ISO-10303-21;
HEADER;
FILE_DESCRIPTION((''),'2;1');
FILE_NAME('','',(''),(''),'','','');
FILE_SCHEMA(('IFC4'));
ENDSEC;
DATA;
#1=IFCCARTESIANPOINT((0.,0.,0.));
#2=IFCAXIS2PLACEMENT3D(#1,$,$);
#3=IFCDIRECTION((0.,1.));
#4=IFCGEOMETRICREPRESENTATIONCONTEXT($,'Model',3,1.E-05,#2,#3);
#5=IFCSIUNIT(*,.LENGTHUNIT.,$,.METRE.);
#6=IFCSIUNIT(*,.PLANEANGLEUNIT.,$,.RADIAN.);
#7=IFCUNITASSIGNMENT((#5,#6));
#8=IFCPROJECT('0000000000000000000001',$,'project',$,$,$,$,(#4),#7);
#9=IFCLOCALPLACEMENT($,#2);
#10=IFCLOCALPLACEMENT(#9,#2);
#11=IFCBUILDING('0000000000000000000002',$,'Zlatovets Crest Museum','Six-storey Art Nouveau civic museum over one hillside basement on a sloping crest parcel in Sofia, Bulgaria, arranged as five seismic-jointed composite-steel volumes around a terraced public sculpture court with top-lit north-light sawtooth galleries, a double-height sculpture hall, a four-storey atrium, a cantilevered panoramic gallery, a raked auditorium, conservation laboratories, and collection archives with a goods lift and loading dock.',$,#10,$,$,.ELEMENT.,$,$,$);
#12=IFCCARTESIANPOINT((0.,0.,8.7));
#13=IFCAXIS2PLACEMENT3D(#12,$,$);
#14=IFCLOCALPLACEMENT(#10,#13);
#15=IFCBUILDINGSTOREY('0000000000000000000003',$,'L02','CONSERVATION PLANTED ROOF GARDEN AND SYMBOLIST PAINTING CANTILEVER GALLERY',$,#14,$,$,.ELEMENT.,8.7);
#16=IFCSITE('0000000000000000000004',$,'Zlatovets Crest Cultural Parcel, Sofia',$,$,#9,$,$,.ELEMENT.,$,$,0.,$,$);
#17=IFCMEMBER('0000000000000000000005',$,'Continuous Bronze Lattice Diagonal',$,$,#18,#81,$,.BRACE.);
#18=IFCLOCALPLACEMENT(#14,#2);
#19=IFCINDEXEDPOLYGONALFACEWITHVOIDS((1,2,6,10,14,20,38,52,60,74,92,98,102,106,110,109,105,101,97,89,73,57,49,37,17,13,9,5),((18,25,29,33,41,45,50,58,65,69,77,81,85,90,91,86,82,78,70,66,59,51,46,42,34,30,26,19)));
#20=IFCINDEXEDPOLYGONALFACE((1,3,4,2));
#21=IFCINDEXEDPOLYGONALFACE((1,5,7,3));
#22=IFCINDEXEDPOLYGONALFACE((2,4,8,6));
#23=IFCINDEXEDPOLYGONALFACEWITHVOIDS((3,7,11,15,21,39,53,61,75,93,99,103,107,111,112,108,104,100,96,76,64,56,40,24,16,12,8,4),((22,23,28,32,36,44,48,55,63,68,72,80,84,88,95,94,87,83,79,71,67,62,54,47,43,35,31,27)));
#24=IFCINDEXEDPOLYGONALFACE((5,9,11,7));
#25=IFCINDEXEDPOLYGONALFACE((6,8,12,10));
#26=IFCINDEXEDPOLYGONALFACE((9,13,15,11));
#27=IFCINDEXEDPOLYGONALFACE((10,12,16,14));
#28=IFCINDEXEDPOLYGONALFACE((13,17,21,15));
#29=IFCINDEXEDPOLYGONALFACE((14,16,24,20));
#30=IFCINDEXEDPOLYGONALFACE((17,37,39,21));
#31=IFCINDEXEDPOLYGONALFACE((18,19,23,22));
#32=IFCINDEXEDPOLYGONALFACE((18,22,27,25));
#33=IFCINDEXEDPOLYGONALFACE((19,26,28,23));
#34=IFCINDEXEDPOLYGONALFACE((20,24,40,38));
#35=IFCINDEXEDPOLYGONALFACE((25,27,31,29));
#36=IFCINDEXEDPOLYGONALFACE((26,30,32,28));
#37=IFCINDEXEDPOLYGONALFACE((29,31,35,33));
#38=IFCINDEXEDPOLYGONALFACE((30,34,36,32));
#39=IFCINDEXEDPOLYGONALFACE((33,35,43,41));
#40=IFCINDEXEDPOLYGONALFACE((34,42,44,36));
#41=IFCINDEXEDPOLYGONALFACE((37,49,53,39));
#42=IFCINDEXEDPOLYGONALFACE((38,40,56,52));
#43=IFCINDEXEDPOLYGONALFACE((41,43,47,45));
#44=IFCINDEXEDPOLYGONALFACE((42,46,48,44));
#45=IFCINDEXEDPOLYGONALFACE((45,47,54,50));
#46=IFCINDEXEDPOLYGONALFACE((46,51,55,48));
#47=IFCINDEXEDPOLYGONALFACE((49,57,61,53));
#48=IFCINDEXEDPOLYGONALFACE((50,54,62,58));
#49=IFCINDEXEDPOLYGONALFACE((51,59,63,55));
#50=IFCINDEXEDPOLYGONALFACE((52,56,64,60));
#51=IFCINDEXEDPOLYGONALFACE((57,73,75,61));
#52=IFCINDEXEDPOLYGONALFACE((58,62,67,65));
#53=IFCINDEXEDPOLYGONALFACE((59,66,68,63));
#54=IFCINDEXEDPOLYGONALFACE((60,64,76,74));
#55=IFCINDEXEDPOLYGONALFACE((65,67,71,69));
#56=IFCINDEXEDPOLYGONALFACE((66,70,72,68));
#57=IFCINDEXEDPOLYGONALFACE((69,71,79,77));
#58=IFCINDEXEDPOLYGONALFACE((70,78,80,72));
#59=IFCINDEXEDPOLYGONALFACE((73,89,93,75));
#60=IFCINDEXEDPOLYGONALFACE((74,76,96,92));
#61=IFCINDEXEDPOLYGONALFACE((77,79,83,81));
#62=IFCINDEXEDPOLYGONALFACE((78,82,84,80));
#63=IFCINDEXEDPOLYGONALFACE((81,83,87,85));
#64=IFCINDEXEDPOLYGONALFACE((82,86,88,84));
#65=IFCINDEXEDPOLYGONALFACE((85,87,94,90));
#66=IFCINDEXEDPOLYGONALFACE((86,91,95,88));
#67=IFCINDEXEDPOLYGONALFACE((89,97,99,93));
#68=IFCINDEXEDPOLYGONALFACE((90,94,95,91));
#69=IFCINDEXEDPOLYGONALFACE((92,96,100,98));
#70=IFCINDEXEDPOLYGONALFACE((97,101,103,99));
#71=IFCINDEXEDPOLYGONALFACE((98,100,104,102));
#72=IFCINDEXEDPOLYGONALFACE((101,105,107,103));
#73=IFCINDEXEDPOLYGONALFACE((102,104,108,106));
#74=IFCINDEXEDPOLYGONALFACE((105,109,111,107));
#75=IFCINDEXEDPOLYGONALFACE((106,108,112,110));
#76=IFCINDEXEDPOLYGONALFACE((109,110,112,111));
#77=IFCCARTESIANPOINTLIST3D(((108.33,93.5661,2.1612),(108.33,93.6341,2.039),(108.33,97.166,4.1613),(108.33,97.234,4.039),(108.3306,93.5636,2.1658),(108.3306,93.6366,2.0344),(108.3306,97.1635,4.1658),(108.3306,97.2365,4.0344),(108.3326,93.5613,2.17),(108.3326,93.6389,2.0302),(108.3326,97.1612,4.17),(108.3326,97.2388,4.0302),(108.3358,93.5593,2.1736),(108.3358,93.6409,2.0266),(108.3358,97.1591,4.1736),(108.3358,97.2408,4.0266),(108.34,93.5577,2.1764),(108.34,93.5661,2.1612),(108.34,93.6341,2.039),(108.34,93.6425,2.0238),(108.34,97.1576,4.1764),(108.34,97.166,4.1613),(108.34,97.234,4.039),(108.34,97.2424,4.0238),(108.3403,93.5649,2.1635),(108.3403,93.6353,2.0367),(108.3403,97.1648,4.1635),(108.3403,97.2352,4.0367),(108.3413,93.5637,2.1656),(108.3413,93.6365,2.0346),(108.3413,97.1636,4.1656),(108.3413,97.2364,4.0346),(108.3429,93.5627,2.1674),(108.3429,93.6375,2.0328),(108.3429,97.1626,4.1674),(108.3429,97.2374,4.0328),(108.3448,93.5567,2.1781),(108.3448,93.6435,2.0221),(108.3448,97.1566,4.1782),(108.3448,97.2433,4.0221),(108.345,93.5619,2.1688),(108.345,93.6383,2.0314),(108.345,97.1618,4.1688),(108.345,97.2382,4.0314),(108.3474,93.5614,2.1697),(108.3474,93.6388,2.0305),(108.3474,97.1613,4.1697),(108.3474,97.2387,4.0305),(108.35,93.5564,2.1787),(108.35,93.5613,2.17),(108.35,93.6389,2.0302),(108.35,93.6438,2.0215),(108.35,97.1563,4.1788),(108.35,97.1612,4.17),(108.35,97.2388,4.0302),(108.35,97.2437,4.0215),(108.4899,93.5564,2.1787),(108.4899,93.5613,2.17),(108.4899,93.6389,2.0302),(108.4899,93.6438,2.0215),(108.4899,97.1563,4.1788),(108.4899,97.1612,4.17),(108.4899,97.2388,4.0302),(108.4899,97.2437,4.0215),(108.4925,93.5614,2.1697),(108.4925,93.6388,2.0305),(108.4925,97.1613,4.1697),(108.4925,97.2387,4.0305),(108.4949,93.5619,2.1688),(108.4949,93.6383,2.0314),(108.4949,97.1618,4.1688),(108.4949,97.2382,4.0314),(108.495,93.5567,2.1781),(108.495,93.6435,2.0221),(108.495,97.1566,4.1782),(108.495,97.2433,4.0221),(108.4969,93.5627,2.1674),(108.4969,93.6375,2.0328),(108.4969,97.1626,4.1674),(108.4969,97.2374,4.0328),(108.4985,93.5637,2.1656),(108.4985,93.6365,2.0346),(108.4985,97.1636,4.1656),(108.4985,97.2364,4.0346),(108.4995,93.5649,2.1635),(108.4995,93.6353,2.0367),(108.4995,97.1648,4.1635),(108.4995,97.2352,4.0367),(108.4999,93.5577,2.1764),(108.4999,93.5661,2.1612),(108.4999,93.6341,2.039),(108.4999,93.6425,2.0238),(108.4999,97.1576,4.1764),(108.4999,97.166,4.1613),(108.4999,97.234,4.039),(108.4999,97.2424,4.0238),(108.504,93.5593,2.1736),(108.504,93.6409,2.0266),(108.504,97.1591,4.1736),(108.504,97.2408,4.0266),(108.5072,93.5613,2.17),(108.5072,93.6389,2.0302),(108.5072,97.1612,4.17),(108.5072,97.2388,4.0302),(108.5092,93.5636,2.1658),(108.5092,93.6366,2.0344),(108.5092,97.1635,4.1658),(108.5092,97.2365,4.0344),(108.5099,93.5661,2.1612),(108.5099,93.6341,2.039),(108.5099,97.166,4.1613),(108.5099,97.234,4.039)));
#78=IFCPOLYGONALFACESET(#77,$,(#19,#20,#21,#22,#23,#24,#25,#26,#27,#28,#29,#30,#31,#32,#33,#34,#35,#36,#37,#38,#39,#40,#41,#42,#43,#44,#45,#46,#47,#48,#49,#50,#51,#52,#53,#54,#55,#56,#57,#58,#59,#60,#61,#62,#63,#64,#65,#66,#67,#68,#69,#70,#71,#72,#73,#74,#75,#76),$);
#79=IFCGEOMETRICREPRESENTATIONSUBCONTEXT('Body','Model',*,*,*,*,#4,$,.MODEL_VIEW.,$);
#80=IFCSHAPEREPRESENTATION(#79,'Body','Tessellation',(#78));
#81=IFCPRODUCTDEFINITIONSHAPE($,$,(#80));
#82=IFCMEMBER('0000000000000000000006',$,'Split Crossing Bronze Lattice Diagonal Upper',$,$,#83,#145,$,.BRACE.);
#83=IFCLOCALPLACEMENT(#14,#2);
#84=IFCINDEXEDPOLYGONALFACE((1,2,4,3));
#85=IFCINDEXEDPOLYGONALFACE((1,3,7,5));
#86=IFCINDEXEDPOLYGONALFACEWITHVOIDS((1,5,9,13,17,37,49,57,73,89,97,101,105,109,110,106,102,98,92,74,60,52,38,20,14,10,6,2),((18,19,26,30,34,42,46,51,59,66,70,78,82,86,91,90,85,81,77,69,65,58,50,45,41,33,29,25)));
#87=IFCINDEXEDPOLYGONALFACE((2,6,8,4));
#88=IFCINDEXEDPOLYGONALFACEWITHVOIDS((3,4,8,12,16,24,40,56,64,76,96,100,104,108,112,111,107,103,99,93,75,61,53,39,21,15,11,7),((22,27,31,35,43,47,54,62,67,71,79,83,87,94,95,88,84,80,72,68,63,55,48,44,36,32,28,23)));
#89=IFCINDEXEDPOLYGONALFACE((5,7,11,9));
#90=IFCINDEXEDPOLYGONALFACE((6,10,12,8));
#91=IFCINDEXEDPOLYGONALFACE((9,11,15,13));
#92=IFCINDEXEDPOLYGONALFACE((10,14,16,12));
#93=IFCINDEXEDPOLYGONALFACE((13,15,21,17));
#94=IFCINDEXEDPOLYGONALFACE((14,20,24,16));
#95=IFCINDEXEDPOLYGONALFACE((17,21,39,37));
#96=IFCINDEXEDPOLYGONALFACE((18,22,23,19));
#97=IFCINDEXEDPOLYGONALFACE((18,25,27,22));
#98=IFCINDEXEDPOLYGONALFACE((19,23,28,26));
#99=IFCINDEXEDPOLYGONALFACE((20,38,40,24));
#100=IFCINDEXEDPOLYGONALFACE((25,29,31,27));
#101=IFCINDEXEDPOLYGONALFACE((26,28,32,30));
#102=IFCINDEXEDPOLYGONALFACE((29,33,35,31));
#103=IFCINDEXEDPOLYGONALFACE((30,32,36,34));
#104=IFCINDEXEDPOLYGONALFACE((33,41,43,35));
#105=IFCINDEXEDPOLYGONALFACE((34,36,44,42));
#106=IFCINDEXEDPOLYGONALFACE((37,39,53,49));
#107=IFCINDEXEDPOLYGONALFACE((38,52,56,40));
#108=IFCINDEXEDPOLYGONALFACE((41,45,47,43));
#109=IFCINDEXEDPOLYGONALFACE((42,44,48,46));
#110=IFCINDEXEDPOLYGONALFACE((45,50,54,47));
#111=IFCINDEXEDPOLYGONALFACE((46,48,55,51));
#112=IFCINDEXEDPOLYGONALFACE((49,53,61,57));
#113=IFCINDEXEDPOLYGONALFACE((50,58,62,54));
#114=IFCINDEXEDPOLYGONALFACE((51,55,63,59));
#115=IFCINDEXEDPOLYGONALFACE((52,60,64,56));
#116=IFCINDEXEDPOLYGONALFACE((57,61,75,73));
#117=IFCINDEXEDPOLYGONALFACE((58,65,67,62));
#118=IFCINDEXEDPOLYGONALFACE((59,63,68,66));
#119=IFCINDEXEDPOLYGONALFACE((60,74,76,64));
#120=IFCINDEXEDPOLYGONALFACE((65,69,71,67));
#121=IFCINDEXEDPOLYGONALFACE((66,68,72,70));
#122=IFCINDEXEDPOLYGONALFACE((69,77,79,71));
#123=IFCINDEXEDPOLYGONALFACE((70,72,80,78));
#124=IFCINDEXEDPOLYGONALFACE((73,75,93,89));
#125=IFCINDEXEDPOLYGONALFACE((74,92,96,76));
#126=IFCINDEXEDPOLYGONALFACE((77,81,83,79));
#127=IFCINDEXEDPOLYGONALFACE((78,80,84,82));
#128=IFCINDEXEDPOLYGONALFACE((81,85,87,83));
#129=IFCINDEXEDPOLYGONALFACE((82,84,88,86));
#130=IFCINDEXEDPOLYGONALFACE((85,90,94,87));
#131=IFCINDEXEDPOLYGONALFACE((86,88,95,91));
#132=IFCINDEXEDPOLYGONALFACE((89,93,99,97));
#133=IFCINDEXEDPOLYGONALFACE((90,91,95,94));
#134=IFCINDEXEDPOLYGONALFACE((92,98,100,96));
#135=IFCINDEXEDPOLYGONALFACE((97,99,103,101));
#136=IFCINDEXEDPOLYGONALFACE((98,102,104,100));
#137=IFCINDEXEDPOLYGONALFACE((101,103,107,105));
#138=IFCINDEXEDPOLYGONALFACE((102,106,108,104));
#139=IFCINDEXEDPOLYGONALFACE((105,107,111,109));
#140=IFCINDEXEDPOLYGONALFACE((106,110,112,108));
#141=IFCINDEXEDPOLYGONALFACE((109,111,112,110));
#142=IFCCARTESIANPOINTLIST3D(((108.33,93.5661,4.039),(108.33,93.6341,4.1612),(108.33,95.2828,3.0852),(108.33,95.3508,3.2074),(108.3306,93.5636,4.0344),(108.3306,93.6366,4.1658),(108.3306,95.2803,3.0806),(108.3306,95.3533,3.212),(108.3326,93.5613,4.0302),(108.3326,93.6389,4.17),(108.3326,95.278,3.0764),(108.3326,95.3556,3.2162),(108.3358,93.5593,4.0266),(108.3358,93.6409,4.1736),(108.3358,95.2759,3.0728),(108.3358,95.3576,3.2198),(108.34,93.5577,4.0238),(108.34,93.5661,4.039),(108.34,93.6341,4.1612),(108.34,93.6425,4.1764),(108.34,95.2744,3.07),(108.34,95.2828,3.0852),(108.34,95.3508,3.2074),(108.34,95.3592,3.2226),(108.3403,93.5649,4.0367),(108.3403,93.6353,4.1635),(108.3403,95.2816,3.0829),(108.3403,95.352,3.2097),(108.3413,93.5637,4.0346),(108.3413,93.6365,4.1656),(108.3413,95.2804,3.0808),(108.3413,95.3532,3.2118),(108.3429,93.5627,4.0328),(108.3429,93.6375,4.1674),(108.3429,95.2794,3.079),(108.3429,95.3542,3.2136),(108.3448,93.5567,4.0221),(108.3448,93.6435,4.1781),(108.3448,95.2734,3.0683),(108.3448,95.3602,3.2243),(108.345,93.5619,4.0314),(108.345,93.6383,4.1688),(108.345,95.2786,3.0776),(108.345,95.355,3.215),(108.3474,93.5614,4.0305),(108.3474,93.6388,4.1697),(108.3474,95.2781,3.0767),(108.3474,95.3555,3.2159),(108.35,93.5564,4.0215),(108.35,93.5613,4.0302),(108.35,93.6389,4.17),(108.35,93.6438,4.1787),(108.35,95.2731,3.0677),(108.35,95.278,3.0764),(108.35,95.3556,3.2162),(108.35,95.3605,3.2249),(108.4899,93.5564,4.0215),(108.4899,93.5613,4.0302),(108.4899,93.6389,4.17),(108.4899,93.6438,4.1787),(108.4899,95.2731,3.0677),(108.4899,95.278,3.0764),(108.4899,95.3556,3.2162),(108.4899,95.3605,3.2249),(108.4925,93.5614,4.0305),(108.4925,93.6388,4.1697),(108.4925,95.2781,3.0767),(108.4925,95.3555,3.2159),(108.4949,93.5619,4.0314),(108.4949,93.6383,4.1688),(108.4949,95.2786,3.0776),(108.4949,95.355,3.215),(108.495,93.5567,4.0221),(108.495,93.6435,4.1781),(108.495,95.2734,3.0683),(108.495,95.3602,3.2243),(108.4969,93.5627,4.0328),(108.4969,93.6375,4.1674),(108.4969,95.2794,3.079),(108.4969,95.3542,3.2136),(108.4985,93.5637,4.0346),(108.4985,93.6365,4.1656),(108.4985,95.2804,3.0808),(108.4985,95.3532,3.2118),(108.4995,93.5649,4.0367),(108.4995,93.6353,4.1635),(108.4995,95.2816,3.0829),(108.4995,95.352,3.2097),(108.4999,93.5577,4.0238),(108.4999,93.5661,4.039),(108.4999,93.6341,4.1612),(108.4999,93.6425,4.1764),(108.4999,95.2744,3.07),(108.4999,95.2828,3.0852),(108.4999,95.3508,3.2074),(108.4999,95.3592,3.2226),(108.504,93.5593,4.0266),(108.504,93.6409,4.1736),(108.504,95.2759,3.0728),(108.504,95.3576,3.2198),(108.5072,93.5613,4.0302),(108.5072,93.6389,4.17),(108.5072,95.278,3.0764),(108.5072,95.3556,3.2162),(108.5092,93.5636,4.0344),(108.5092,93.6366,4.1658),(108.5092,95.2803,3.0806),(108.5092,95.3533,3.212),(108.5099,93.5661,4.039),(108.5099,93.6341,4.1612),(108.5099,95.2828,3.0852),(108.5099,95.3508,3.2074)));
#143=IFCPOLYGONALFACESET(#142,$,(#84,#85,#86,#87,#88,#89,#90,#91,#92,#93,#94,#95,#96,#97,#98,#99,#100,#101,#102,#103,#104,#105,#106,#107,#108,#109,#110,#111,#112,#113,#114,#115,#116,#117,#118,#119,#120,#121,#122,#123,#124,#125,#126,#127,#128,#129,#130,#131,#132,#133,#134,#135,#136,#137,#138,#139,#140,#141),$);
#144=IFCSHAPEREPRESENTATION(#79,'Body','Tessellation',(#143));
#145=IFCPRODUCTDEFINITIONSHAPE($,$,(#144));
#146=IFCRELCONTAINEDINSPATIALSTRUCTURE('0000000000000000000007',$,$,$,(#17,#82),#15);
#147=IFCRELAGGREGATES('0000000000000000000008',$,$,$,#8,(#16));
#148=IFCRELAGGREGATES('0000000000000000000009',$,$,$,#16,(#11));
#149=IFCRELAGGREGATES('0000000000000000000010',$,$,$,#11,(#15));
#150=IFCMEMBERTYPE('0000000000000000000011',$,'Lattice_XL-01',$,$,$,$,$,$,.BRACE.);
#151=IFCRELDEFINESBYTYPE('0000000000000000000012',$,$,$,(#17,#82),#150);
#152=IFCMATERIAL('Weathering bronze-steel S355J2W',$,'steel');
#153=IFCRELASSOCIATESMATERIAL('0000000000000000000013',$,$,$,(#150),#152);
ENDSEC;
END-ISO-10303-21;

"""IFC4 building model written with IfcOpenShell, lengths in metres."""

from ifc_helpers import new_model, si_unit, direction, frame, origin, origin_2d, place, context, subcontext, project, spatial, hollow_rectangle, extrude, material, material_profile, profile_set, type_object, element, save


model = new_model("IFC4")

# Units and contexts
model_context = context("Model", 3, precision=1e-05, world=origin(), true_north=direction((0.0, 1.0)))
body_context = subcontext(model_context, "Body", "Model", "MODEL_VIEW")
ifc_project = project(units=[si_unit("LENGTHUNIT", "METRE"), si_unit("PLANEANGLEUNIT", "RADIAN")], contexts=[model_context])

# Site, building, storey
site_placement = place(None, origin())
site = spatial("IfcSite", under=ifc_project, at=site_placement, Name="Zlatovets Crest Cultural Parcel, Sofia", CompositionType="ELEMENT", RefElevation=0.0)
building_placement = place(site_placement, origin())
building = spatial("IfcBuilding", under=site, at=building_placement, Name="Zlatovets Crest Museum", Description="Six-storey Art Nouveau civic museum over one hillside basement on a sloping crest parcel in Sofia, Bulgaria, arranged as five seismic-jointed composite-steel volumes around a terraced public sculpture court with top-lit north-light sawtooth galleries, a double-height sculpture hall, a four-storey atrium, a cantilevered panoramic gallery, a raked auditorium, conservation laboratories, and collection archives with a goods lift and loading dock.", CompositionType="ELEMENT")
storey_placement = place(building_placement, frame((0.0, 0.0, 8.7)))
storey = spatial("IfcBuildingStorey", under=building, at=storey_placement, Name="L02", Description="CONSERVATION PLANTED ROOF GARDEN AND SYMBOLIST PAINTING CANTILEVER GALLERY", CompositionType="ELEMENT", Elevation=8.7)

# Members
ifc_material_1 = material(Name="Weathering bronze-steel S355J2W", Category="steel")
ifc_material_profile_1 = material_profile(ifc_material_1, hollow_rectangle(XDim=0.1799, YDim=0.1799, WallThickness=0.01, InnerFilletRadius=0.01, OuterFilletRadius=0.02, at=origin_2d()), Name="SHS 180x180x10.0")
ifc_profile_set_1 = profile_set([ifc_material_profile_1], Name="Weathering bronze-steel S355J2W")
member_type_1 = type_object("IfcMemberType", Name="Lattice_XL-01", PredefinedType="BRACE", material=ifc_profile_set_1)
member_1_placement = place(storey_placement, frame((108.4199, 93.6001, 2.1001), z_axis=(0.0, 0.874149, 0.485658), x_axis=(-1.0, 0.0, 0.0)))
element("IfcMember", 1, at=member_1_placement, inside=storey, type_object=member_type_1, Name="Continuous Bronze Lattice Diagonal", PredefinedType="BRACE", context=body_context, shape_type="SweptSolid", body=[
    extrude(hollow_rectangle(XDim=0.1799, YDim=0.1799, WallThickness=0.01, InnerFilletRadius=0.01, OuterFilletRadius=0.02, at=origin_2d()), origin(), (0.0, 0.0, 1.0), 4.1182),
])
member_2_placement = place(storey_placement, frame((108.4199, 93.6001, 4.1001), z_axis=(0.0, 0.87414, -0.485675), x_axis=(-1.0, 0.0, 0.0)))
element("IfcMember", 2, at=member_2_placement, inside=storey, type_object=member_type_1, Name="Split Crossing Bronze Lattice Diagonal Upper", PredefinedType="BRACE", context=body_context, shape_type="SweptSolid", body=[
    extrude(hollow_rectangle(XDim=0.1799, YDim=0.1799, WallThickness=0.01, InnerFilletRadius=0.01, OuterFilletRadius=0.02, at=origin_2d()), origin(), (0.0, 0.0, 1.0), 1.9639),
])

save(model, "model.ifc")
